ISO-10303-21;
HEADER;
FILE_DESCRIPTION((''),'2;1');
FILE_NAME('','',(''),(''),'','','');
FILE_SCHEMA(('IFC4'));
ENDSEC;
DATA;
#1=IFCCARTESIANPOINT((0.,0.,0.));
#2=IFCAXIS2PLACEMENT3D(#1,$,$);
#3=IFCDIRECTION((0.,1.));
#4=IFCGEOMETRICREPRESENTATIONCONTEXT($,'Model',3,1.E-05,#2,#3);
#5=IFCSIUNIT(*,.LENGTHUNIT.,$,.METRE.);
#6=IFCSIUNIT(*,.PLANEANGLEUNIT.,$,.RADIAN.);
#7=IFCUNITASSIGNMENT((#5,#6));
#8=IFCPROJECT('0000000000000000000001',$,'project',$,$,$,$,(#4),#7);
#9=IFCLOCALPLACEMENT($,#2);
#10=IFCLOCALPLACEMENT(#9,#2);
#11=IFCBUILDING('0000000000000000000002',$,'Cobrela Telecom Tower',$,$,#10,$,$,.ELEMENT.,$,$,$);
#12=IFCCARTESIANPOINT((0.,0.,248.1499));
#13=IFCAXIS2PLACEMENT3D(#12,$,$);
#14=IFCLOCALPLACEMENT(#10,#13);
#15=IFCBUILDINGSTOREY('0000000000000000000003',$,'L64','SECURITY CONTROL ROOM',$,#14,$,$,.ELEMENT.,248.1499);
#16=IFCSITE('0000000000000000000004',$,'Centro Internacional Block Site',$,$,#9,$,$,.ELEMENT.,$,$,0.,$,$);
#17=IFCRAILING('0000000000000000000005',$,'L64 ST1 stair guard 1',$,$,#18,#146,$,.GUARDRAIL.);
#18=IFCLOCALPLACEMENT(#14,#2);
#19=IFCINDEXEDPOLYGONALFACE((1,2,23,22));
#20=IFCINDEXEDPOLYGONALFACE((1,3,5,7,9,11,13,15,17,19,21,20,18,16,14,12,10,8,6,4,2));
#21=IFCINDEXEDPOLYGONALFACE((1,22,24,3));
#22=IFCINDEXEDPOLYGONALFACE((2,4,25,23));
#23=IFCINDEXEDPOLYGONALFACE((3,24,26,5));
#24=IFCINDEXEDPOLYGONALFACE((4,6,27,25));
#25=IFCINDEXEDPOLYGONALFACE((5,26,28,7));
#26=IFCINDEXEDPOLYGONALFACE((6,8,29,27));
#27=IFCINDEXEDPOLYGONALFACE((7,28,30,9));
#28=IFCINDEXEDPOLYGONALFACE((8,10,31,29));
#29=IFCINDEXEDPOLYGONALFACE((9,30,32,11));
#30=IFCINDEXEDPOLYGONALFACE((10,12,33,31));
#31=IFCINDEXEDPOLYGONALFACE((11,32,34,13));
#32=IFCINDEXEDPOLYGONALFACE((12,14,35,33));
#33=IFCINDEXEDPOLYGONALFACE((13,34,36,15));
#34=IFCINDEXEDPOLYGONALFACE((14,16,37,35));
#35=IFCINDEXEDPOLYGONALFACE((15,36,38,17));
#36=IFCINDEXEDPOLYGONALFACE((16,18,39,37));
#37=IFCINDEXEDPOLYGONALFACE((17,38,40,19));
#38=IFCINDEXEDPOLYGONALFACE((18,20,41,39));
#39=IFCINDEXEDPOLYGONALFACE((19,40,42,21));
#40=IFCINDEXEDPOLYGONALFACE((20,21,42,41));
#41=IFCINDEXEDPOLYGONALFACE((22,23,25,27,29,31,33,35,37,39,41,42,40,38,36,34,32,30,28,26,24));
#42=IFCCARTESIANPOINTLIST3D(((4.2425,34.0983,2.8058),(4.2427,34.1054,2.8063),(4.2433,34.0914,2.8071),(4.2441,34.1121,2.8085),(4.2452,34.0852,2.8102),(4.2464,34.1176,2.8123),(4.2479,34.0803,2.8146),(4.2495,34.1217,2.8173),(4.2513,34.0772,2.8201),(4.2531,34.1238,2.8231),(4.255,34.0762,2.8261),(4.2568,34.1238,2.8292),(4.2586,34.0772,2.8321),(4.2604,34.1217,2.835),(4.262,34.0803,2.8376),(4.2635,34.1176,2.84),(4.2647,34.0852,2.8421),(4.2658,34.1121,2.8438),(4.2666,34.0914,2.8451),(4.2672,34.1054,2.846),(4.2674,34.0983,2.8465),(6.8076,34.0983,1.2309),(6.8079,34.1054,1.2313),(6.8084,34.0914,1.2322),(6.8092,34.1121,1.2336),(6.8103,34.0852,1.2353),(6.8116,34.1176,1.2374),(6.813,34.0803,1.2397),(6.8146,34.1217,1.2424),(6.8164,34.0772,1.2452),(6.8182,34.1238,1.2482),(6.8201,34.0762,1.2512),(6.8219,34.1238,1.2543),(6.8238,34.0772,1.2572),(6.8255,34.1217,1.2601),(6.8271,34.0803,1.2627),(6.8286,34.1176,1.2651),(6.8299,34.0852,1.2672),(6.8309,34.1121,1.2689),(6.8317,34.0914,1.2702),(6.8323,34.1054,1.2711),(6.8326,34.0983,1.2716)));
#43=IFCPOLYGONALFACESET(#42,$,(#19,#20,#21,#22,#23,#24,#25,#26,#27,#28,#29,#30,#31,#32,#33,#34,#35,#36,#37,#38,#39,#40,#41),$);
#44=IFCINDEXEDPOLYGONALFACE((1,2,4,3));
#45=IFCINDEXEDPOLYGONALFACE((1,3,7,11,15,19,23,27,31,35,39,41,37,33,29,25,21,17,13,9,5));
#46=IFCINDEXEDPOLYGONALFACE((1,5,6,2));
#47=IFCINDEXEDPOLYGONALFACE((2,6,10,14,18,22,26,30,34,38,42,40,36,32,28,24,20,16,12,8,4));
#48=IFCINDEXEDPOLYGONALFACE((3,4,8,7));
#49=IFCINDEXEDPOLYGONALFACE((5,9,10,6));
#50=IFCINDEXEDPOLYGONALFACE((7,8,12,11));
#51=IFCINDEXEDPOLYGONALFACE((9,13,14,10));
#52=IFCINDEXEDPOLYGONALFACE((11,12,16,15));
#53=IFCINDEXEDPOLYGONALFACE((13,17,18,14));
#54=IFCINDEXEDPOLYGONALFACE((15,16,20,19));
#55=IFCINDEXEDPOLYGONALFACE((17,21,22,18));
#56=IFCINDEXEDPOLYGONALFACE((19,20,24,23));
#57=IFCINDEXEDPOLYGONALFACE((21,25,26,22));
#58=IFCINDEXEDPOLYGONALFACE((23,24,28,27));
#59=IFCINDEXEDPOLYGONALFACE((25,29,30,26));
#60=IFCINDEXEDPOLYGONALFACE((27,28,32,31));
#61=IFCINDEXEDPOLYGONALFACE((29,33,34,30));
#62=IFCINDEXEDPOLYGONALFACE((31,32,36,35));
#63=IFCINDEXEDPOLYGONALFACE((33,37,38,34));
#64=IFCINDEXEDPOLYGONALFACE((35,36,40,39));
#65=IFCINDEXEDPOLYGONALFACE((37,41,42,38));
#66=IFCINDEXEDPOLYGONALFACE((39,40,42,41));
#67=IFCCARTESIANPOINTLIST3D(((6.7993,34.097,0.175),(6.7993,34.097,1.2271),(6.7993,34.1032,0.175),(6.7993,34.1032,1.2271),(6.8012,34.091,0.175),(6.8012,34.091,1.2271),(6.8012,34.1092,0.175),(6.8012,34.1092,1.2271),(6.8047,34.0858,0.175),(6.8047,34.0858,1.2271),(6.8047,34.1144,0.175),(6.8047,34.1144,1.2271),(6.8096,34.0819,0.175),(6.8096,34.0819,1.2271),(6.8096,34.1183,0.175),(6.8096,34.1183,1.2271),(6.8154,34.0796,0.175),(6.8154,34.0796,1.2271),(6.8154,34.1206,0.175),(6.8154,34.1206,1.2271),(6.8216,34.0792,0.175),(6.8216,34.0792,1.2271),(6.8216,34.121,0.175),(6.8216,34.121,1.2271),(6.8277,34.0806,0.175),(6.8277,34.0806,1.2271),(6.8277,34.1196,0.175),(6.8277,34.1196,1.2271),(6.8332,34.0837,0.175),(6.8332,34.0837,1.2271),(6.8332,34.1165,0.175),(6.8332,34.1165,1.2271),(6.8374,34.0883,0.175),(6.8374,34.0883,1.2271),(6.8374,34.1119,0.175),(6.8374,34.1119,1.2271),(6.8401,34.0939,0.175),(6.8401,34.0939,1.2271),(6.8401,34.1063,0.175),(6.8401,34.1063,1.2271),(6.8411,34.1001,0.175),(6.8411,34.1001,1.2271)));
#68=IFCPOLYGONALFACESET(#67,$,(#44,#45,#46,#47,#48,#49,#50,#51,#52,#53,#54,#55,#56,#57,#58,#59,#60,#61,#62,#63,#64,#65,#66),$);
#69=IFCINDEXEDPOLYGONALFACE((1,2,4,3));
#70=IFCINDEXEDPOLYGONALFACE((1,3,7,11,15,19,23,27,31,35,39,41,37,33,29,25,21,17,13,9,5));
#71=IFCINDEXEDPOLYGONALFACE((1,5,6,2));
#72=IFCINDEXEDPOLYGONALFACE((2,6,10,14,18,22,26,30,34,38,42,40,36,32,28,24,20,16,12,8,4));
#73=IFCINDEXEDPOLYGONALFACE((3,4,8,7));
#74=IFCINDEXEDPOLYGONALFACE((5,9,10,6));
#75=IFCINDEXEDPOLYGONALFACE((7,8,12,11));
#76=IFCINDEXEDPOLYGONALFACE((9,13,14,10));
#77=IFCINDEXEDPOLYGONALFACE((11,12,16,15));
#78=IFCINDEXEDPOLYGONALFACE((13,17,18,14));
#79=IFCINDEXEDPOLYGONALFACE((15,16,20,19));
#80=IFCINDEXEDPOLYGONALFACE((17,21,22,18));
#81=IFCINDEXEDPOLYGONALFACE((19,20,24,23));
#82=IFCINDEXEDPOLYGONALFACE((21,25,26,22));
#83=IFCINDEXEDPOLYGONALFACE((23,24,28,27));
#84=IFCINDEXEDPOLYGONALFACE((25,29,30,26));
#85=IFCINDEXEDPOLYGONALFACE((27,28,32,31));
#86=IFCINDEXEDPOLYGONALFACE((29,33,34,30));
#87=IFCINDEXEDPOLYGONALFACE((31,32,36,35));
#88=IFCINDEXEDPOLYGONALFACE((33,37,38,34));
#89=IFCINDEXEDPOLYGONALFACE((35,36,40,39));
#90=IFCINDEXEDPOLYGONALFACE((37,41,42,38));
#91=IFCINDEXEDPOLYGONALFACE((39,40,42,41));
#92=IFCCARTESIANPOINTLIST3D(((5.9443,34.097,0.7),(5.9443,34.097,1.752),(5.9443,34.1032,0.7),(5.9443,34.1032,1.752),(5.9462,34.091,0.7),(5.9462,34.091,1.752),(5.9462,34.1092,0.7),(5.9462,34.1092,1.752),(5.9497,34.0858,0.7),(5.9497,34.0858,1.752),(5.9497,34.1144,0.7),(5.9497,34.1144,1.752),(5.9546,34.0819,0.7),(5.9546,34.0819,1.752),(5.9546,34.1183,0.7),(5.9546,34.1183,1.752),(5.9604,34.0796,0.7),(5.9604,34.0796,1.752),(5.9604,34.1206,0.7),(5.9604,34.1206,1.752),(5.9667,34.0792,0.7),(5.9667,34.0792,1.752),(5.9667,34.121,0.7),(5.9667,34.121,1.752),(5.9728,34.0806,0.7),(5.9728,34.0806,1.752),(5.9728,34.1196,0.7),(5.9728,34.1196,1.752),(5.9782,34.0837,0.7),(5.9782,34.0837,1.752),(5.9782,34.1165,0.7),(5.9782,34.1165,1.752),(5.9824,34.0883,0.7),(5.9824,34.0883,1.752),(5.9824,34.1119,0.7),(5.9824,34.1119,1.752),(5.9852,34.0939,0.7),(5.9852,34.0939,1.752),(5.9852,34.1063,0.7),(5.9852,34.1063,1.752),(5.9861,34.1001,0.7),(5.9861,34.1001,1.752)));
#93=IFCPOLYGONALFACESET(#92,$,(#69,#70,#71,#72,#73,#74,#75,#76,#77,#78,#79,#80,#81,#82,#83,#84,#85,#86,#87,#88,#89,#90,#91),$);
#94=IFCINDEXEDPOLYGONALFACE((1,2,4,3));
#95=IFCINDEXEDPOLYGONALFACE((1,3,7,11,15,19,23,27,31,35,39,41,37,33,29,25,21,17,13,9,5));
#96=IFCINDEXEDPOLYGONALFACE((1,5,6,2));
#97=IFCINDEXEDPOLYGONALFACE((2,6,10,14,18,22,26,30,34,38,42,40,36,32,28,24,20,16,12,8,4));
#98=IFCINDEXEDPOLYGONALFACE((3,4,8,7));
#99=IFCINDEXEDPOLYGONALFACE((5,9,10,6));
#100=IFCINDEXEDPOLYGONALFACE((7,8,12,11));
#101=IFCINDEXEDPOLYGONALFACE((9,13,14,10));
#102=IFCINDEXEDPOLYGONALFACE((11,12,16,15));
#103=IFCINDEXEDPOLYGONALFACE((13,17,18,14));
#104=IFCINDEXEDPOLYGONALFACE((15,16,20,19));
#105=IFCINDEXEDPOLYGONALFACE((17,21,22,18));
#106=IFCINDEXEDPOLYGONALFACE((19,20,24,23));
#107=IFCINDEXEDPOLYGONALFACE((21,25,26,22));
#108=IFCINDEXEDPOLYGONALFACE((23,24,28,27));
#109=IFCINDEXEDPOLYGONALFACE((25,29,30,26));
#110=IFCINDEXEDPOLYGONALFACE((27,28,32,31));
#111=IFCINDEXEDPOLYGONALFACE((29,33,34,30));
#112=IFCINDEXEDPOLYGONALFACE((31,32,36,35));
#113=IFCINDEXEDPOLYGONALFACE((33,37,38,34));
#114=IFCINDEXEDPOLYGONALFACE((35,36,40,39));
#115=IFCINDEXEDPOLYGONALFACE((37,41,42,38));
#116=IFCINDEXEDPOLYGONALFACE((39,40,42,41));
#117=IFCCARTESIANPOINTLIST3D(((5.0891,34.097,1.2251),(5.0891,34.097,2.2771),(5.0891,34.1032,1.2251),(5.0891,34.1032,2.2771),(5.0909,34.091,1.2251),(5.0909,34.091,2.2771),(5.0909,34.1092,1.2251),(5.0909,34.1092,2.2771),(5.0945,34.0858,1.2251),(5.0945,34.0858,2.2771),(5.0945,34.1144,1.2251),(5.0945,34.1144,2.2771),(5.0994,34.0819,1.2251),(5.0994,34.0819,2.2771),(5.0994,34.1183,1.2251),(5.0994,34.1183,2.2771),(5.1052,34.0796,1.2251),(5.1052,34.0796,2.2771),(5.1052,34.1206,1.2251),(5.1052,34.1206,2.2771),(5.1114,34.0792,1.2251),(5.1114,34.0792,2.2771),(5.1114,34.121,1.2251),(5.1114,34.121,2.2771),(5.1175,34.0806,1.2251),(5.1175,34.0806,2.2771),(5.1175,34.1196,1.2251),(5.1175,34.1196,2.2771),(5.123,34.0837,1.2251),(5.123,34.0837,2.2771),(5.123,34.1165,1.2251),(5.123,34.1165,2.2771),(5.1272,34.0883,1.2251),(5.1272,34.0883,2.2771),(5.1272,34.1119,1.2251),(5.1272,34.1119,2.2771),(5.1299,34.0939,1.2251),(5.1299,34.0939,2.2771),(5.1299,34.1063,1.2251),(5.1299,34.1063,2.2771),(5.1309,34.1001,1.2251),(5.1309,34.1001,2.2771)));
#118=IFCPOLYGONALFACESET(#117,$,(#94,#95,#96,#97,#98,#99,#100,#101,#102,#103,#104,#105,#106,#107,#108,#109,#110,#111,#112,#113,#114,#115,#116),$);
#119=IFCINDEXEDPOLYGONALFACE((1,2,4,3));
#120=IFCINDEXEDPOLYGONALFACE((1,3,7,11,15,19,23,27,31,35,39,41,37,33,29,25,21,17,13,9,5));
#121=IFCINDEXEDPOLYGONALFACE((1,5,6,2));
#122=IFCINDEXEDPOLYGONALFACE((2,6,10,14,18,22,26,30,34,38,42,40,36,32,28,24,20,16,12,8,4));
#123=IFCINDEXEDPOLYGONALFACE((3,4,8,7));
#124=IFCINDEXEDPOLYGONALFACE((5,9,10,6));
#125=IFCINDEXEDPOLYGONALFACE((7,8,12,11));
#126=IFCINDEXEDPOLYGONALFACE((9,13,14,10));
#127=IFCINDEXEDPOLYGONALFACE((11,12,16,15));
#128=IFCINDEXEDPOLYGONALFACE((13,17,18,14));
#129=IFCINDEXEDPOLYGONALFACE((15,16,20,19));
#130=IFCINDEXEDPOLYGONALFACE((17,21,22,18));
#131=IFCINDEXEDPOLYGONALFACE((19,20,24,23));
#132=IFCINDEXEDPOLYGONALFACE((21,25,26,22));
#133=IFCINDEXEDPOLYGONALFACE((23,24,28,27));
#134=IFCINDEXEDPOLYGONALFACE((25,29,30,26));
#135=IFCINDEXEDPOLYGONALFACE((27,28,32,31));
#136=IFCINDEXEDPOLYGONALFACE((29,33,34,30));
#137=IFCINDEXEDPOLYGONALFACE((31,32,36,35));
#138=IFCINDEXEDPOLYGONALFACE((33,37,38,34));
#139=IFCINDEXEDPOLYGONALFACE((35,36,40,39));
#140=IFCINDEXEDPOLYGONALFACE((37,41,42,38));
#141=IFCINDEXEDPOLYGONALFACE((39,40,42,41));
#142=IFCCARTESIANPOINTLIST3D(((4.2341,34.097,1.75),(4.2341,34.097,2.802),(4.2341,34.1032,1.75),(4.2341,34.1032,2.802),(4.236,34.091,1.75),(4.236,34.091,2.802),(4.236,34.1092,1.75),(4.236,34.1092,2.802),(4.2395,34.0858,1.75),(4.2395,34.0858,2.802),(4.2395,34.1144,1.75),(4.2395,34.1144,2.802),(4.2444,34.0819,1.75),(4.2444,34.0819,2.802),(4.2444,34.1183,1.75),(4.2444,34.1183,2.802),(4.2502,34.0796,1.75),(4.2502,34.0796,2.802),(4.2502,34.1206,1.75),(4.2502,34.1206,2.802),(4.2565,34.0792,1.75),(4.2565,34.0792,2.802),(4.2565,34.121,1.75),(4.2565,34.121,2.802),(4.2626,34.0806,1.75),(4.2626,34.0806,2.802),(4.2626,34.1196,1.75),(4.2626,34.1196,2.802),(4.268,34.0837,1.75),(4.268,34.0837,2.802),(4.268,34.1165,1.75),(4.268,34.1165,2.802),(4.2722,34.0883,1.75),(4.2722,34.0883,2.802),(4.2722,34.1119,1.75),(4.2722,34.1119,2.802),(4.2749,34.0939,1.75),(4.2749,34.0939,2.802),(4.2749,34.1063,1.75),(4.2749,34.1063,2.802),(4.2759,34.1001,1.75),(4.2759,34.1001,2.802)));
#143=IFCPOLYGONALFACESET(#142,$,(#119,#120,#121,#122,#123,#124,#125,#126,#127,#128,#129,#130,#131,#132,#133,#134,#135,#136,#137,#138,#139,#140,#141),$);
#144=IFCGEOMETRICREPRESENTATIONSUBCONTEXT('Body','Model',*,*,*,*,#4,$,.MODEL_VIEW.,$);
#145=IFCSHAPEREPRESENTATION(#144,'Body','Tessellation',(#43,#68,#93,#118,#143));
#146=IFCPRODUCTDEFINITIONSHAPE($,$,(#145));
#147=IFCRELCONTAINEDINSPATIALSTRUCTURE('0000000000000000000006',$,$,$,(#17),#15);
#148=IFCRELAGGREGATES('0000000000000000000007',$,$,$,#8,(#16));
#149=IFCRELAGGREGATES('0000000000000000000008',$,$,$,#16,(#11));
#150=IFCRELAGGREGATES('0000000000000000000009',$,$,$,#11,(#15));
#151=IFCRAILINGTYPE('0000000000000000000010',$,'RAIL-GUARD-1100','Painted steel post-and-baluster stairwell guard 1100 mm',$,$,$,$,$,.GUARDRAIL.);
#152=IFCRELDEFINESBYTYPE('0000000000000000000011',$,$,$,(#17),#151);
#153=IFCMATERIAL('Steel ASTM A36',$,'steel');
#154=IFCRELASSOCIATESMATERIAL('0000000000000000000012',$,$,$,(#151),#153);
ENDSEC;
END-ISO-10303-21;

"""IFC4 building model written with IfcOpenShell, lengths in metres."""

from ifc_helpers import new_model, si_unit, direction, frame, origin, origin_2d, place, context, subcontext, project, spatial, circle, extrude, material, type_object, element, save


model = new_model("IFC4")

# Units and contexts
model_context = context("Model", 3, precision=1e-05, world=origin(), true_north=direction((0.0, 1.0)))
body_context = subcontext(model_context, "Body", "Model", "MODEL_VIEW")
ifc_project = project(units=[si_unit("LENGTHUNIT", "METRE"), si_unit("PLANEANGLEUNIT", "RADIAN")], contexts=[model_context])

# Site, building, storey
site_placement = place(None, origin())
site = spatial("IfcSite", under=ifc_project, at=site_placement, Name="Centro Internacional Block Site", CompositionType="ELEMENT", RefElevation=0.0)
building_placement = place(site_placement, origin())
building = spatial("IfcBuilding", under=site, at=building_placement, Name="Cobrela Telecom Tower", CompositionType="ELEMENT")
storey_placement = place(building_placement, frame((0.0, 0.0, 248.1499)))
storey = spatial("IfcBuildingStorey", under=building, at=storey_placement, Name="L64", Description="SECURITY CONTROL ROOM", CompositionType="ELEMENT", Elevation=248.1499)

# Shared definitions
ifc_material_1 = material(Name="Steel ASTM A36", Category="steel")

# Railing
railing_type_1 = type_object("IfcRailingType", Name="RAIL-GUARD-1100", Description="Painted steel post-and-baluster stairwell guard 1100 mm", PredefinedType="GUARDRAIL", material=ifc_material_1)
railing_1_placement = place(storey_placement, frame((6.8201, 34.1001, 0.175)))
element("IfcRailing", 1, at=railing_1_placement, inside=storey, type_object=railing_type_1, Name="L64 ST1 stair guard 1", PredefinedType="GUARDRAIL", context=body_context, shape_type="SweptSolid", body=[
    extrude(circle(Radius=0.0239, at=origin_2d()), frame((0.0, 0.0, 1.0762), z_axis=(-0.852195, 0.0, 0.523224), x_axis=(0.0, -1.0, 0.0)), (0.0, 0.0, 1.0), 3.01),
    extrude(circle(Radius=0.021, at=origin_2d()), origin(), (0.0, 0.0, 1.0), 1.052),
    extrude(circle(Radius=0.021, at=origin_2d()), frame((-0.855, 0.0, 0.5249)), (0.0, 0.0, 1.0), 1.052),
    extrude(circle(Radius=0.021, at=origin_2d()), frame((-1.7102, 0.0, 1.05)), (0.0, 0.0, 1.0), 1.052),
    extrude(circle(Radius=0.021, at=origin_2d()), frame((-2.5652, 0.0, 1.575)), (0.0, 0.0, 1.0), 1.052),
])

save(model, "model.ifc")
